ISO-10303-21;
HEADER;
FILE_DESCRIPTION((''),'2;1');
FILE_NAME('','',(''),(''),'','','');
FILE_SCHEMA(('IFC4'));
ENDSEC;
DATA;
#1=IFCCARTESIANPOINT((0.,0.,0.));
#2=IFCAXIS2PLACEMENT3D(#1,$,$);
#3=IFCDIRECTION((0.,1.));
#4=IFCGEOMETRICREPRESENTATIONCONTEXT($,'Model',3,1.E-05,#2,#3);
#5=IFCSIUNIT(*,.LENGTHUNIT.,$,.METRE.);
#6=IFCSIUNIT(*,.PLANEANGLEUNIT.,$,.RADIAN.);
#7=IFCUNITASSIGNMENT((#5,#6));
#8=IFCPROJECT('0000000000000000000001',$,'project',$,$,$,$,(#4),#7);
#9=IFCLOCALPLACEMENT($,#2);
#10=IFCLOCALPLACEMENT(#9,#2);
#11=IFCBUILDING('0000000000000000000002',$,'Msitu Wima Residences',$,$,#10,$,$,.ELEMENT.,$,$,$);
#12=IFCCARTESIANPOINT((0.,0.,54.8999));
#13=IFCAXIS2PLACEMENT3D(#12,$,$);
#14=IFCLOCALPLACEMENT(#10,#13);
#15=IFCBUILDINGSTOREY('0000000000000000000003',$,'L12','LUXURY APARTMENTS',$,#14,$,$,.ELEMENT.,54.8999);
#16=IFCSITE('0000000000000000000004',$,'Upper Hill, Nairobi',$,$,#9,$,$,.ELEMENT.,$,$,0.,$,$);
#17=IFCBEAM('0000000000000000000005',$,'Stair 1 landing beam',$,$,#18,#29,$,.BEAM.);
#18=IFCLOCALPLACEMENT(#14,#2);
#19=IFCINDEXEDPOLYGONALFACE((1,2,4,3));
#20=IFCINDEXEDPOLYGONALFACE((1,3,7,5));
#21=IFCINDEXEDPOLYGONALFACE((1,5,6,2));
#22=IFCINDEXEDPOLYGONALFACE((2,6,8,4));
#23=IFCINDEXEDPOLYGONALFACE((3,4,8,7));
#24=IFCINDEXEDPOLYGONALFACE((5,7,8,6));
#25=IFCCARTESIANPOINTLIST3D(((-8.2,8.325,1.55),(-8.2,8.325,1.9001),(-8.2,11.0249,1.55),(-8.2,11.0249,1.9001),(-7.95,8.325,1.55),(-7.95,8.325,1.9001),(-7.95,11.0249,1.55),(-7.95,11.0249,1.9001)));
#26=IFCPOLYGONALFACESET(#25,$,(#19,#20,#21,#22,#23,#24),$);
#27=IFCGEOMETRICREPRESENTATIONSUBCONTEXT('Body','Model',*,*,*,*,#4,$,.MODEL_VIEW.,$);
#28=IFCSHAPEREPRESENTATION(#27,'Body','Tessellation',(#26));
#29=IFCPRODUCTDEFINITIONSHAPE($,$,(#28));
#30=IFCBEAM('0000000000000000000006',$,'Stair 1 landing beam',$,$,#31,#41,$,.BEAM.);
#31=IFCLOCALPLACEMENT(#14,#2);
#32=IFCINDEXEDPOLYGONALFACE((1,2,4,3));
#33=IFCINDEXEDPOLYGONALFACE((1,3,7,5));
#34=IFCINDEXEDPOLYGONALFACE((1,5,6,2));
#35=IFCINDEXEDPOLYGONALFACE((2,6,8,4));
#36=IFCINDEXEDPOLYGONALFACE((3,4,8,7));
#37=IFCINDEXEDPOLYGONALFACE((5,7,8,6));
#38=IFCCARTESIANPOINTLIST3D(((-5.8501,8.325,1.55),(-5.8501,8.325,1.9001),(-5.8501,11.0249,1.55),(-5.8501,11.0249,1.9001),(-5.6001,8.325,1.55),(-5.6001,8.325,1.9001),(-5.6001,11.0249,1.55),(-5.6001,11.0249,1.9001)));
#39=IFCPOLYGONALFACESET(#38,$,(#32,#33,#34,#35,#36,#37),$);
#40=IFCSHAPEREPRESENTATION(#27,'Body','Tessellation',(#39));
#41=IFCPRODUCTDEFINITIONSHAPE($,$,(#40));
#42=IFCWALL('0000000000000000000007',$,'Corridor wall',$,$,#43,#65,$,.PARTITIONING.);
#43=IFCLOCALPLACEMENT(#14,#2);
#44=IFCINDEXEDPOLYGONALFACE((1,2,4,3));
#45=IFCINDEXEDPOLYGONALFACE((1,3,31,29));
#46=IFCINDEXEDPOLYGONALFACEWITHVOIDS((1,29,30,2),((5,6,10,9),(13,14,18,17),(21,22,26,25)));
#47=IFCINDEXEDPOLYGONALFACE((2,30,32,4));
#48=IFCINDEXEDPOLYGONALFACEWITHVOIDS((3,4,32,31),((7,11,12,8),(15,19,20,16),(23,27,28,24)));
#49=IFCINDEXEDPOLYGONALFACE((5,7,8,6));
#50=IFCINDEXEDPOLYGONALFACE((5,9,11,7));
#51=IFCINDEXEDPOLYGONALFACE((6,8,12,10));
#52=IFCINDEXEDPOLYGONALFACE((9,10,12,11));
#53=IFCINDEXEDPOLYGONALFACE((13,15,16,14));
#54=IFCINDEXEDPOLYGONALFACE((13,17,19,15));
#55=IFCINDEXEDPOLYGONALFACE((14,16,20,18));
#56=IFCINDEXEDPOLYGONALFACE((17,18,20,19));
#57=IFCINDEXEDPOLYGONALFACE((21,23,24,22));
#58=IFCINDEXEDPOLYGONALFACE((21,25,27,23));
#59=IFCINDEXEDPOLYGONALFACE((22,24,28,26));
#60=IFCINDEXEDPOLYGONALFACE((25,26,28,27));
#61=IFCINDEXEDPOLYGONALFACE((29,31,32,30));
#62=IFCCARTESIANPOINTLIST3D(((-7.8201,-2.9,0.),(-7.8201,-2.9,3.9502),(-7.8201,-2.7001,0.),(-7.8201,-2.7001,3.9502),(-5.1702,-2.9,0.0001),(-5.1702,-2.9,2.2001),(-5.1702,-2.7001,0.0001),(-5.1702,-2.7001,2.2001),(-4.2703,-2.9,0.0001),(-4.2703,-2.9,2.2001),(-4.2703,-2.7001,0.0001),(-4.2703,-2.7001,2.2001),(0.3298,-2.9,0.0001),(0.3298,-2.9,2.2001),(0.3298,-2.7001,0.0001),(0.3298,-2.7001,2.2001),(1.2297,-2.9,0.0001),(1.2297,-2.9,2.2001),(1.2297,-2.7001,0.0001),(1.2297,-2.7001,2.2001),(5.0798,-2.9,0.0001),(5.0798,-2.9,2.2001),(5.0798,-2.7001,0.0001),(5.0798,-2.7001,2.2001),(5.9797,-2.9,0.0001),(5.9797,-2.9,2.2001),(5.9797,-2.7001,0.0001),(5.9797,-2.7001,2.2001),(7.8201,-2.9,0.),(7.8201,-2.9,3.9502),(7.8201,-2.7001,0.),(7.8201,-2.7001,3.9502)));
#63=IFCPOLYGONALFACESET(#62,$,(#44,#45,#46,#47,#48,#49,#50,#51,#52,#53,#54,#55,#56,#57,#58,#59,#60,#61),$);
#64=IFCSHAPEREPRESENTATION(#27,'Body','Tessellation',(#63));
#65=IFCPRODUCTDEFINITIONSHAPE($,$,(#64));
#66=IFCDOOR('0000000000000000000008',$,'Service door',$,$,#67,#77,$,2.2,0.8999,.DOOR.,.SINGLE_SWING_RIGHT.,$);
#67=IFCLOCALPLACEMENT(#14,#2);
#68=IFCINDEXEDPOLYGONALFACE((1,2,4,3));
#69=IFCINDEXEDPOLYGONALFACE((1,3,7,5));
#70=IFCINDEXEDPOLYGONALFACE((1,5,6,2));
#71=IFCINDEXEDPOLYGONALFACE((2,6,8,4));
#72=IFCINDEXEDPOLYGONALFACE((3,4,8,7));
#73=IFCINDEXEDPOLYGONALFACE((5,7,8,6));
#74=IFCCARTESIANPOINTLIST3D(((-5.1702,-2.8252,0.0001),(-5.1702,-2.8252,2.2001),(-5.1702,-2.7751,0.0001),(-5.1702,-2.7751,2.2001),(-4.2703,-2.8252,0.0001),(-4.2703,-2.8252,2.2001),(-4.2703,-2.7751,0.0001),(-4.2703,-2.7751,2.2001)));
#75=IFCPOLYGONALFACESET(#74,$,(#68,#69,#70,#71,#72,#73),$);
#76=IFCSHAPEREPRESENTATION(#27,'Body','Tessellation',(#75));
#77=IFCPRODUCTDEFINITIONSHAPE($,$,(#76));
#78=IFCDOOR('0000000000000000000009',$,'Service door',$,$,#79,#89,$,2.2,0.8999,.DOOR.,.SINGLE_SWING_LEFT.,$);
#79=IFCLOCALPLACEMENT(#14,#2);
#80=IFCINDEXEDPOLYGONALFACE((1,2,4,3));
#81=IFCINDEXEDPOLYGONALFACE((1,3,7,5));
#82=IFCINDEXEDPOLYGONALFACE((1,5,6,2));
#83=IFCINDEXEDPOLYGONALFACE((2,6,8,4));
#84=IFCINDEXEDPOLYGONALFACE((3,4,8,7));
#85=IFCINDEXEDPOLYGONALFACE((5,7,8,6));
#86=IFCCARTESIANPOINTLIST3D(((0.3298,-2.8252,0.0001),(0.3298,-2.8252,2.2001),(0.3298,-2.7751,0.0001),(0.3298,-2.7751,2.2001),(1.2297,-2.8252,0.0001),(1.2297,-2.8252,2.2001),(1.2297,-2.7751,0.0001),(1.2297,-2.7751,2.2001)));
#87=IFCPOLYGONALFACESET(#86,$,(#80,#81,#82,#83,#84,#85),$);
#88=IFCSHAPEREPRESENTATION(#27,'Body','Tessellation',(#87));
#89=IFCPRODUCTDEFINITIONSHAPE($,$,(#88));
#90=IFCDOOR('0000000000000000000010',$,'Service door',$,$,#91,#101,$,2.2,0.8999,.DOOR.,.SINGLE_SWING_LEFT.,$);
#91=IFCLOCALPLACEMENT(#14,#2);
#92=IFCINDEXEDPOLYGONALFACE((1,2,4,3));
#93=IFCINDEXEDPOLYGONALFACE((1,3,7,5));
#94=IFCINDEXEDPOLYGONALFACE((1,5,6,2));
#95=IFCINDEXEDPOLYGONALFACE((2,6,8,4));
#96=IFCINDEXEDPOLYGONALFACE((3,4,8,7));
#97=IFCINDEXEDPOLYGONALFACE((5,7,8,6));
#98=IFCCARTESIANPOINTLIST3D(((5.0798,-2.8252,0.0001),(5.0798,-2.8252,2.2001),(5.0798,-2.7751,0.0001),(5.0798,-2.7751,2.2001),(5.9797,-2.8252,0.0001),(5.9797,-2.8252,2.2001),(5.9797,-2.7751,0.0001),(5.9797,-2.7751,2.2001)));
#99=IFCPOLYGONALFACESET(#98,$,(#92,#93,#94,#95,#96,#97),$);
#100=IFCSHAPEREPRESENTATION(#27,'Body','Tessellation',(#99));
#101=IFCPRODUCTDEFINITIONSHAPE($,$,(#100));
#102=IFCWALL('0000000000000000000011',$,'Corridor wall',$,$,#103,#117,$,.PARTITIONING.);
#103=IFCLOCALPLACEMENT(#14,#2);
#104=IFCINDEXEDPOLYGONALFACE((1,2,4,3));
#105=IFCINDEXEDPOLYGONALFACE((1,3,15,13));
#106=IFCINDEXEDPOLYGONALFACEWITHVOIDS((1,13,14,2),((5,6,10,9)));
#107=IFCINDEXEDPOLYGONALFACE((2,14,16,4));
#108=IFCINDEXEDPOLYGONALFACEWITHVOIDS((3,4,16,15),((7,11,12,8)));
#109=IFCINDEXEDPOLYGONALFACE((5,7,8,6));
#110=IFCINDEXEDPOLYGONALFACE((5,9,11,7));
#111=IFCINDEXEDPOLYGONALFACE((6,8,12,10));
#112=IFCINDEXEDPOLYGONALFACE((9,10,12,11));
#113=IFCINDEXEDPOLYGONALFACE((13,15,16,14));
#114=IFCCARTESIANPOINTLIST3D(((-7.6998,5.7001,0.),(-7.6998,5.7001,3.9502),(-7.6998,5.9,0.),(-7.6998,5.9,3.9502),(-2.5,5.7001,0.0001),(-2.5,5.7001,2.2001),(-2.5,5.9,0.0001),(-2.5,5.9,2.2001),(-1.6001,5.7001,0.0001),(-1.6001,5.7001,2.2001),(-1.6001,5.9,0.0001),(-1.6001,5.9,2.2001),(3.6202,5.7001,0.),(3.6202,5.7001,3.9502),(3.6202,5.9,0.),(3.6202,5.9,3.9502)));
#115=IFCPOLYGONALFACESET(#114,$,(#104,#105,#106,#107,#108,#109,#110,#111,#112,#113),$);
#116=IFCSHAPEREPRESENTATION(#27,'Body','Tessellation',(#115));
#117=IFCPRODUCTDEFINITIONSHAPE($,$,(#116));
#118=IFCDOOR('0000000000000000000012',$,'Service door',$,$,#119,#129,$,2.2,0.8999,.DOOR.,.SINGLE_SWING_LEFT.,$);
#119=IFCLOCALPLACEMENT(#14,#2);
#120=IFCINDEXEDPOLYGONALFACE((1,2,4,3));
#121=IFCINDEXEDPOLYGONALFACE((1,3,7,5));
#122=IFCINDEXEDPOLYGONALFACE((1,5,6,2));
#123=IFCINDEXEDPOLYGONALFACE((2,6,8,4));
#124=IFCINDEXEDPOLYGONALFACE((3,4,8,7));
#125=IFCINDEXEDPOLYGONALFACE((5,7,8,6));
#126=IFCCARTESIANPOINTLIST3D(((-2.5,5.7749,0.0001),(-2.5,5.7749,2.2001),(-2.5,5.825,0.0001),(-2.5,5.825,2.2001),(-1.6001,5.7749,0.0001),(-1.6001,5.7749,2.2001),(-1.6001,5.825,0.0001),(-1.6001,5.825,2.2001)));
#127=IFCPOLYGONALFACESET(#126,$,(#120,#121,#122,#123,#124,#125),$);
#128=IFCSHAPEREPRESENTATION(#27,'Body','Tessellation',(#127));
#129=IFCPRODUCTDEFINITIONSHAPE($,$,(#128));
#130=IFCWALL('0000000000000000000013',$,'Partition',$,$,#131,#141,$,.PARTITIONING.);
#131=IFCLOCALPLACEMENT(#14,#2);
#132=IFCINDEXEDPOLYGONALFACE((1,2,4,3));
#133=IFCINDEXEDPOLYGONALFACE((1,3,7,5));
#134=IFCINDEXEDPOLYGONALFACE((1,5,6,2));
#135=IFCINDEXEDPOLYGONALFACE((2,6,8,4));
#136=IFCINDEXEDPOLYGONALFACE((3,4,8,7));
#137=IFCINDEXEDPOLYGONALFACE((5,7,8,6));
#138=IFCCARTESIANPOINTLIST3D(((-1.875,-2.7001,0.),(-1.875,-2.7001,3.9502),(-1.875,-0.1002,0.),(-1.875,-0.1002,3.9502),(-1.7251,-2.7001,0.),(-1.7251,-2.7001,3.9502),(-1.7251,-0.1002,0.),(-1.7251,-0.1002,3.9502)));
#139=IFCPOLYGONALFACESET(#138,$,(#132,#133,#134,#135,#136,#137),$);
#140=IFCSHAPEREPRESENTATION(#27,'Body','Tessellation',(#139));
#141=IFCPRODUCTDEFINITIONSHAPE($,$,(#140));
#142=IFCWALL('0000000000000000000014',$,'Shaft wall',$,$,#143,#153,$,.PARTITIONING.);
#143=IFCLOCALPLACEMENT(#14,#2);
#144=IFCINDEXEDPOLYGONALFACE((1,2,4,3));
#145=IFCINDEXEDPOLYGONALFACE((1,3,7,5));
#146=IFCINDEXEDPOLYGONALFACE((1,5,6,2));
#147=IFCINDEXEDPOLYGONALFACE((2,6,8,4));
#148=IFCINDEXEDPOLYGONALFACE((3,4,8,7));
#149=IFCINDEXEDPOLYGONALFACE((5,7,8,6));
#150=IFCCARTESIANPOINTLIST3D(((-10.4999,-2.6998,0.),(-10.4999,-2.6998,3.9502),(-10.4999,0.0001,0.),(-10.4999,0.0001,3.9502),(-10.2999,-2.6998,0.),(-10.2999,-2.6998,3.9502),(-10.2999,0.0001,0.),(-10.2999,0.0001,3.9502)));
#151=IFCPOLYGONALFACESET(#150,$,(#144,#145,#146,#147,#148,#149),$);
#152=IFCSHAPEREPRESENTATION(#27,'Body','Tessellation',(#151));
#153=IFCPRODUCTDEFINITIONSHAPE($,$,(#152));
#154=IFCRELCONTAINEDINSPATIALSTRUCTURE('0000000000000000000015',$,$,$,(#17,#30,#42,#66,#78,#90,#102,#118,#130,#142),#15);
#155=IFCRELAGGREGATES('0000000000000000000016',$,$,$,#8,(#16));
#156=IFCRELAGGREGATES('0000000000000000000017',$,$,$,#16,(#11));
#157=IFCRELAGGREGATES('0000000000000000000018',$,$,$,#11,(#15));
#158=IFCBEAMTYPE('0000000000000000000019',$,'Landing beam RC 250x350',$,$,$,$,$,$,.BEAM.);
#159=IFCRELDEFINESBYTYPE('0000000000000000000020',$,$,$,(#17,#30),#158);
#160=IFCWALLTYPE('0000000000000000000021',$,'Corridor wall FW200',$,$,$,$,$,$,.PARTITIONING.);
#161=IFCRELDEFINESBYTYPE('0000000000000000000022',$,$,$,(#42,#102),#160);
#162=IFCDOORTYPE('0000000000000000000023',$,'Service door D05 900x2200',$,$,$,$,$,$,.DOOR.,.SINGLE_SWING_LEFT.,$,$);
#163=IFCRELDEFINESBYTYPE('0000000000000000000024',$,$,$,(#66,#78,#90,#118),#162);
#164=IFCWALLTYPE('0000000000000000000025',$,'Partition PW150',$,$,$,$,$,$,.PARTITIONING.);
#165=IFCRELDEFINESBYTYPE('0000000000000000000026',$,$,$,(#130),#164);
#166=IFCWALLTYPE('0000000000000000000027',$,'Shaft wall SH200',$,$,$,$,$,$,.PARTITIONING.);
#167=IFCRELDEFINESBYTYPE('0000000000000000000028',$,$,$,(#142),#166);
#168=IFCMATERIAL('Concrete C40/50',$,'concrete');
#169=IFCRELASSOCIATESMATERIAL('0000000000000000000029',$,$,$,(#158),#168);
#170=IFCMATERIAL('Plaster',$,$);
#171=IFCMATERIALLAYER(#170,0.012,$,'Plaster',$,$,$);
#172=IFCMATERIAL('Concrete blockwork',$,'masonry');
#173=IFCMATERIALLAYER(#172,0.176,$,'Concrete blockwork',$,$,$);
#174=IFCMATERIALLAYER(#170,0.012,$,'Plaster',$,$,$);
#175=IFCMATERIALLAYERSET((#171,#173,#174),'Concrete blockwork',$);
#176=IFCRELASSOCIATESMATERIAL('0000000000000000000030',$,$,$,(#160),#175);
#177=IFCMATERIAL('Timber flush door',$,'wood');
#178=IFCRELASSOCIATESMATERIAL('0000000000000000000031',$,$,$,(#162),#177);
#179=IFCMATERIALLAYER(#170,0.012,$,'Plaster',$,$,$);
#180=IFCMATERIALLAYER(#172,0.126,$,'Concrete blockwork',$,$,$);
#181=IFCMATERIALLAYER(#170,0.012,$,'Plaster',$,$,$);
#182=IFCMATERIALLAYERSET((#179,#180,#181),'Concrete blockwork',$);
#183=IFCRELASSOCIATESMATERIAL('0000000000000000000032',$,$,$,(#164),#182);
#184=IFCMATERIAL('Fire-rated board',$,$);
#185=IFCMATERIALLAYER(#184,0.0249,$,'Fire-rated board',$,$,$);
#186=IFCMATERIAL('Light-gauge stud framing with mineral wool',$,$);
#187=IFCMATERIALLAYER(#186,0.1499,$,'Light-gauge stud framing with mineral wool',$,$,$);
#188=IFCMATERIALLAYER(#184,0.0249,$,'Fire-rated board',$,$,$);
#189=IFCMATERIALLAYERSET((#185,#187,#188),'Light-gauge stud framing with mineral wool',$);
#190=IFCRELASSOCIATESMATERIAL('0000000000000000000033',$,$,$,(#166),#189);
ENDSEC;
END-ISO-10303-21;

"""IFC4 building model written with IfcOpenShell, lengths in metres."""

from ifc_helpers import new_model, si_unit, direction, frame, frame_2d, origin, origin_2d, place, context, subcontext, project, spatial, rectangle, extrude, material, layer, layer_set, material_profile, profile_set, type_object, element, fill, save


model = new_model("IFC4")

# Units and contexts
model_context = context("Model", 3, precision=1e-05, world=origin(), true_north=direction((0.0, 1.0)))
body_context = subcontext(model_context, "Body", "Model", "MODEL_VIEW")
ifc_project = project(units=[si_unit("LENGTHUNIT", "METRE"), si_unit("PLANEANGLEUNIT", "RADIAN")], contexts=[model_context])

# Site, building, storey
site_placement = place(None, origin())
site = spatial("IfcSite", under=ifc_project, at=site_placement, Name="Upper Hill, Nairobi", CompositionType="ELEMENT", RefElevation=0.0)
building_placement = place(site_placement, origin())
building = spatial("IfcBuilding", under=site, at=building_placement, Name="Msitu Wima Residences", CompositionType="ELEMENT")
storey_placement = place(building_placement, frame((0.0, 0.0, 54.8999)))
storey = spatial("IfcBuildingStorey", under=building, at=storey_placement, Name="L12", Description="LUXURY APARTMENTS", CompositionType="ELEMENT", Elevation=54.8999)

# Beams
ifc_material_1 = material(Name="Concrete C40/50", Category="concrete")
ifc_material_profile = material_profile(ifc_material_1, rectangle(XDim=0.25, YDim=0.3501, at=origin_2d()), Name="RC 250x350")
ifc_profile_set = profile_set([ifc_material_profile], Name="Concrete C40/50")
beam_type = type_object("IfcBeamType", Name="Landing beam RC 250x350", PredefinedType="BEAM", material=ifc_profile_set)
for number, where, z_axis, x_axis, name in (
    (1, (-8.075, 8.325, 1.7251), (0.0, 1.0, 0.0), (-1.0, 0.0, 0.0), "Stair 1 landing beam"),
    (2, (-5.7251, 8.325, 1.7251), (0.0, 1.0, 0.0), (-1.0, 0.0, 0.0), "Stair 1 landing beam"),
):
    element("IfcBeam", number, at=place(storey_placement, frame(where, z_axis=z_axis, x_axis=x_axis)), inside=storey, type_object=beam_type, Name=name, PredefinedType="BEAM", context=body_context, shape_type="SweptSolid", body=[
        extrude(rectangle(XDim=0.25, YDim=0.3501, at=origin_2d()), origin(), (0.0, 0.0, 1.0), 2.7),
    ])

# Wall, openings, doors
ifc_material_2 = material(Name="Plaster")
ifc_layer_1 = layer(ifc_material_2, 0.012, Name="Plaster")
ifc_material_3 = material(Name="Concrete blockwork", Category="masonry")
ifc_layer_2 = layer(ifc_material_3, 0.176, Name="Concrete blockwork")
ifc_layer_3 = layer(ifc_material_2, 0.012, Name="Plaster")
ifc_layer_set_1 = layer_set([ifc_layer_1, ifc_layer_2, ifc_layer_3], Name="Concrete blockwork")
wall_type_1 = type_object("IfcWallType", Name="Corridor wall FW200", PredefinedType="PARTITIONING", material=ifc_layer_set_1)
wall_1_placement = place(storey_placement, frame((-7.8201, -2.8, 0.0), z_axis=(0.0, 0.0, 1.0), x_axis=(1.0, 0.0, 0.0)))
wall_1 = element("IfcWall", 3, at=wall_1_placement, inside=storey, type_object=wall_type_1, Name="Corridor wall", PredefinedType="PARTITIONING", context=body_context, shape_type="SweptSolid", body=[
    extrude(rectangle(XDim=15.6401, YDim=0.2, at=frame_2d((7.8201, 0.0))), origin(), (0.0, 0.0, 1.0), 3.9502),
])
opening_1_placement = place(wall_1_placement, frame((2.6499, 0.0, 0.0)))
opening_1 = element("IfcOpeningElement", 4, at=opening_1_placement, cuts=wall_1, PredefinedType="OPENING", context=body_context, shape_type="SweptSolid", body=[
    extrude(rectangle(XDim=0.8999, YDim=2.2, at=frame_2d((0.45, 1.1001))), frame((0.0, 0.1099, 0.0), z_axis=(0.0, -1.0, 0.0), x_axis=(1.0, 0.0, 0.0)), (0.0, 0.0, 1.0), 0.22),
])
opening_2_placement = place(wall_1_placement, frame((8.1499, 0.0, 0.0)))
opening_2 = element("IfcOpeningElement", 5, at=opening_2_placement, cuts=wall_1, PredefinedType="OPENING", context=body_context, shape_type="SweptSolid", body=[
    extrude(rectangle(XDim=0.8999, YDim=2.2, at=frame_2d((0.45, 1.1001))), frame((0.0, 0.1099, 0.0), z_axis=(0.0, -1.0, 0.0), x_axis=(1.0, 0.0, 0.0)), (0.0, 0.0, 1.0), 0.22),
])
opening_3_placement = place(wall_1_placement, frame((12.8999, 0.0, 0.0)))
opening_3 = element("IfcOpeningElement", 6, at=opening_3_placement, cuts=wall_1, PredefinedType="OPENING", context=body_context, shape_type="SweptSolid", body=[
    extrude(rectangle(XDim=0.8999, YDim=2.2, at=frame_2d((0.45, 1.1001))), frame((0.0, 0.1099, 0.0), z_axis=(0.0, -1.0, 0.0), x_axis=(1.0, 0.0, 0.0)), (0.0, 0.0, 1.0), 0.22),
])
ifc_material_4 = material(Name="Timber flush door", Category="wood")
door_type_1 = type_object("IfcDoorType", Name="Service door D05 900x2200", OperationType="SINGLE_SWING_LEFT", PredefinedType="DOOR", material=ifc_material_4)
door_1_placement = place(opening_1_placement, origin())
door_1 = element("IfcDoor", 7, at=door_1_placement, inside=storey, type_object=door_type_1, Name="Service door", OperationType="SINGLE_SWING_RIGHT", OverallHeight=2.2, OverallWidth=0.8999, PredefinedType="DOOR", context=body_context, shape_type="SweptSolid", body=[
    extrude(rectangle(XDim=0.8999, YDim=2.2, at=frame_2d((0.45, 1.1001))), frame((0.0, 0.0249, 0.0), z_axis=(0.0, -1.0, 0.0), x_axis=(1.0, 0.0, 0.0)), (0.0, 0.0, 1.0), 0.05),
])
fill(opening_1, door_1)
door_2_placement = place(opening_2_placement, origin())
door_2 = element("IfcDoor", 8, at=door_2_placement, inside=storey, type_object=door_type_1, Name="Service door", OperationType="SINGLE_SWING_LEFT", OverallHeight=2.2, OverallWidth=0.8999, PredefinedType="DOOR", context=body_context, shape_type="SweptSolid", body=[
    extrude(rectangle(XDim=0.8999, YDim=2.2, at=frame_2d((0.45, 1.1001))), frame((0.0, 0.0249, 0.0), z_axis=(0.0, -1.0, 0.0), x_axis=(1.0, 0.0, 0.0)), (0.0, 0.0, 1.0), 0.05),
])
fill(opening_2, door_2)
door_3_placement = place(opening_3_placement, origin())
door_3 = element("IfcDoor", 9, at=door_3_placement, inside=storey, type_object=door_type_1, Name="Service door", OperationType="SINGLE_SWING_LEFT", OverallHeight=2.2, OverallWidth=0.8999, PredefinedType="DOOR", context=body_context, shape_type="SweptSolid", body=[
    extrude(rectangle(XDim=0.8999, YDim=2.2, at=frame_2d((0.45, 1.1001))), frame((0.0, 0.0249, 0.0), z_axis=(0.0, -1.0, 0.0), x_axis=(1.0, 0.0, 0.0)), (0.0, 0.0, 1.0), 0.05),
])
fill(opening_3, door_3)

# Wall, opening, door
wall_2_placement = place(storey_placement, frame((-7.7, 5.8, 0.0), z_axis=(0.0, 0.0, 1.0), x_axis=(1.0, 0.0, 0.0)))
wall_2 = element("IfcWall", 10, at=wall_2_placement, inside=storey, type_object=wall_type_1, Name="Corridor wall", PredefinedType="PARTITIONING", context=body_context, shape_type="SweptSolid", body=[
    extrude(rectangle(XDim=11.3201, YDim=0.2, at=frame_2d((5.6602, 0.0))), origin(), (0.0, 0.0, 1.0), 3.9502),
])
opening_4_placement = place(wall_2_placement, frame((5.2, 0.0, 0.0)))
opening_4 = element("IfcOpeningElement", 11, at=opening_4_placement, cuts=wall_2, PredefinedType="OPENING", context=body_context, shape_type="SweptSolid", body=[
    extrude(rectangle(XDim=0.8999, YDim=2.2, at=frame_2d((0.45, 1.1001))), frame((0.0, 0.1099, 0.0), z_axis=(0.0, -1.0, 0.0), x_axis=(1.0, 0.0, 0.0)), (0.0, 0.0, 1.0), 0.22),
])
door_4_placement = place(opening_4_placement, origin())
door_4 = element("IfcDoor", 12, at=door_4_placement, inside=storey, type_object=door_type_1, Name="Service door", OperationType="SINGLE_SWING_LEFT", OverallHeight=2.2, OverallWidth=0.8999, PredefinedType="DOOR", context=body_context, shape_type="SweptSolid", body=[
    extrude(rectangle(XDim=0.8999, YDim=2.2, at=frame_2d((0.45, 1.1001))), frame((0.0, 0.0249, 0.0), z_axis=(0.0, -1.0, 0.0), x_axis=(1.0, 0.0, 0.0)), (0.0, 0.0, 1.0), 0.05),
])
fill(opening_4, door_4)

# Walls
ifc_layer_4 = layer(ifc_material_2, 0.012, Name="Plaster")
ifc_layer_5 = layer(ifc_material_3, 0.126, Name="Concrete blockwork")
ifc_layer_6 = layer(ifc_material_2, 0.012, Name="Plaster")
ifc_layer_set_2 = layer_set([ifc_layer_4, ifc_layer_5, ifc_layer_6], Name="Concrete blockwork")
wall_type_2 = type_object("IfcWallType", Name="Partition PW150", PredefinedType="PARTITIONING", material=ifc_layer_set_2)
wall_3_placement = place(storey_placement, frame((-1.8, -2.7, 0.0), z_axis=(0.0, 0.0, 1.0), x_axis=(0.0, 1.0, 0.0)))
element("IfcWall", 13, at=wall_3_placement, inside=storey, type_object=wall_type_2, Name="Partition", PredefinedType="PARTITIONING", context=body_context, shape_type="SweptSolid", body=[
    extrude(rectangle(XDim=2.5999, YDim=0.1499, at=frame_2d((1.2998, 0.0))), origin(), (0.0, 0.0, 1.0), 3.9502),
])
ifc_material_5 = material(Name="Fire-rated board")
ifc_layer_7 = layer(ifc_material_5, 0.0249, Name="Fire-rated board")
ifc_material_6 = material(Name="Light-gauge stud framing with mineral wool")
ifc_layer_8 = layer(ifc_material_6, 0.1499, Name="Light-gauge stud framing with mineral wool")
ifc_layer_9 = layer(ifc_material_5, 0.0249, Name="Fire-rated board")
ifc_layer_set_3 = layer_set([ifc_layer_7, ifc_layer_8, ifc_layer_9], Name="Light-gauge stud framing with mineral wool")
wall_type_3 = type_object("IfcWallType", Name="Shaft wall SH200", PredefinedType="PARTITIONING", material=ifc_layer_set_3)
wall_4_placement = place(storey_placement, frame((-10.3999, -2.7, 0.0), z_axis=(0.0, 0.0, 1.0), x_axis=(0.0, 1.0, 0.0)))
element("IfcWall", 14, at=wall_4_placement, inside=storey, type_object=wall_type_3, Name="Shaft wall", PredefinedType="PARTITIONING", context=body_context, shape_type="SweptSolid", body=[
    extrude(rectangle(XDim=2.7, YDim=0.2, at=frame_2d((1.3501, 0.0))), origin(), (0.0, 0.0, 1.0), 3.9502),
])

save(model, "model.ifc")
